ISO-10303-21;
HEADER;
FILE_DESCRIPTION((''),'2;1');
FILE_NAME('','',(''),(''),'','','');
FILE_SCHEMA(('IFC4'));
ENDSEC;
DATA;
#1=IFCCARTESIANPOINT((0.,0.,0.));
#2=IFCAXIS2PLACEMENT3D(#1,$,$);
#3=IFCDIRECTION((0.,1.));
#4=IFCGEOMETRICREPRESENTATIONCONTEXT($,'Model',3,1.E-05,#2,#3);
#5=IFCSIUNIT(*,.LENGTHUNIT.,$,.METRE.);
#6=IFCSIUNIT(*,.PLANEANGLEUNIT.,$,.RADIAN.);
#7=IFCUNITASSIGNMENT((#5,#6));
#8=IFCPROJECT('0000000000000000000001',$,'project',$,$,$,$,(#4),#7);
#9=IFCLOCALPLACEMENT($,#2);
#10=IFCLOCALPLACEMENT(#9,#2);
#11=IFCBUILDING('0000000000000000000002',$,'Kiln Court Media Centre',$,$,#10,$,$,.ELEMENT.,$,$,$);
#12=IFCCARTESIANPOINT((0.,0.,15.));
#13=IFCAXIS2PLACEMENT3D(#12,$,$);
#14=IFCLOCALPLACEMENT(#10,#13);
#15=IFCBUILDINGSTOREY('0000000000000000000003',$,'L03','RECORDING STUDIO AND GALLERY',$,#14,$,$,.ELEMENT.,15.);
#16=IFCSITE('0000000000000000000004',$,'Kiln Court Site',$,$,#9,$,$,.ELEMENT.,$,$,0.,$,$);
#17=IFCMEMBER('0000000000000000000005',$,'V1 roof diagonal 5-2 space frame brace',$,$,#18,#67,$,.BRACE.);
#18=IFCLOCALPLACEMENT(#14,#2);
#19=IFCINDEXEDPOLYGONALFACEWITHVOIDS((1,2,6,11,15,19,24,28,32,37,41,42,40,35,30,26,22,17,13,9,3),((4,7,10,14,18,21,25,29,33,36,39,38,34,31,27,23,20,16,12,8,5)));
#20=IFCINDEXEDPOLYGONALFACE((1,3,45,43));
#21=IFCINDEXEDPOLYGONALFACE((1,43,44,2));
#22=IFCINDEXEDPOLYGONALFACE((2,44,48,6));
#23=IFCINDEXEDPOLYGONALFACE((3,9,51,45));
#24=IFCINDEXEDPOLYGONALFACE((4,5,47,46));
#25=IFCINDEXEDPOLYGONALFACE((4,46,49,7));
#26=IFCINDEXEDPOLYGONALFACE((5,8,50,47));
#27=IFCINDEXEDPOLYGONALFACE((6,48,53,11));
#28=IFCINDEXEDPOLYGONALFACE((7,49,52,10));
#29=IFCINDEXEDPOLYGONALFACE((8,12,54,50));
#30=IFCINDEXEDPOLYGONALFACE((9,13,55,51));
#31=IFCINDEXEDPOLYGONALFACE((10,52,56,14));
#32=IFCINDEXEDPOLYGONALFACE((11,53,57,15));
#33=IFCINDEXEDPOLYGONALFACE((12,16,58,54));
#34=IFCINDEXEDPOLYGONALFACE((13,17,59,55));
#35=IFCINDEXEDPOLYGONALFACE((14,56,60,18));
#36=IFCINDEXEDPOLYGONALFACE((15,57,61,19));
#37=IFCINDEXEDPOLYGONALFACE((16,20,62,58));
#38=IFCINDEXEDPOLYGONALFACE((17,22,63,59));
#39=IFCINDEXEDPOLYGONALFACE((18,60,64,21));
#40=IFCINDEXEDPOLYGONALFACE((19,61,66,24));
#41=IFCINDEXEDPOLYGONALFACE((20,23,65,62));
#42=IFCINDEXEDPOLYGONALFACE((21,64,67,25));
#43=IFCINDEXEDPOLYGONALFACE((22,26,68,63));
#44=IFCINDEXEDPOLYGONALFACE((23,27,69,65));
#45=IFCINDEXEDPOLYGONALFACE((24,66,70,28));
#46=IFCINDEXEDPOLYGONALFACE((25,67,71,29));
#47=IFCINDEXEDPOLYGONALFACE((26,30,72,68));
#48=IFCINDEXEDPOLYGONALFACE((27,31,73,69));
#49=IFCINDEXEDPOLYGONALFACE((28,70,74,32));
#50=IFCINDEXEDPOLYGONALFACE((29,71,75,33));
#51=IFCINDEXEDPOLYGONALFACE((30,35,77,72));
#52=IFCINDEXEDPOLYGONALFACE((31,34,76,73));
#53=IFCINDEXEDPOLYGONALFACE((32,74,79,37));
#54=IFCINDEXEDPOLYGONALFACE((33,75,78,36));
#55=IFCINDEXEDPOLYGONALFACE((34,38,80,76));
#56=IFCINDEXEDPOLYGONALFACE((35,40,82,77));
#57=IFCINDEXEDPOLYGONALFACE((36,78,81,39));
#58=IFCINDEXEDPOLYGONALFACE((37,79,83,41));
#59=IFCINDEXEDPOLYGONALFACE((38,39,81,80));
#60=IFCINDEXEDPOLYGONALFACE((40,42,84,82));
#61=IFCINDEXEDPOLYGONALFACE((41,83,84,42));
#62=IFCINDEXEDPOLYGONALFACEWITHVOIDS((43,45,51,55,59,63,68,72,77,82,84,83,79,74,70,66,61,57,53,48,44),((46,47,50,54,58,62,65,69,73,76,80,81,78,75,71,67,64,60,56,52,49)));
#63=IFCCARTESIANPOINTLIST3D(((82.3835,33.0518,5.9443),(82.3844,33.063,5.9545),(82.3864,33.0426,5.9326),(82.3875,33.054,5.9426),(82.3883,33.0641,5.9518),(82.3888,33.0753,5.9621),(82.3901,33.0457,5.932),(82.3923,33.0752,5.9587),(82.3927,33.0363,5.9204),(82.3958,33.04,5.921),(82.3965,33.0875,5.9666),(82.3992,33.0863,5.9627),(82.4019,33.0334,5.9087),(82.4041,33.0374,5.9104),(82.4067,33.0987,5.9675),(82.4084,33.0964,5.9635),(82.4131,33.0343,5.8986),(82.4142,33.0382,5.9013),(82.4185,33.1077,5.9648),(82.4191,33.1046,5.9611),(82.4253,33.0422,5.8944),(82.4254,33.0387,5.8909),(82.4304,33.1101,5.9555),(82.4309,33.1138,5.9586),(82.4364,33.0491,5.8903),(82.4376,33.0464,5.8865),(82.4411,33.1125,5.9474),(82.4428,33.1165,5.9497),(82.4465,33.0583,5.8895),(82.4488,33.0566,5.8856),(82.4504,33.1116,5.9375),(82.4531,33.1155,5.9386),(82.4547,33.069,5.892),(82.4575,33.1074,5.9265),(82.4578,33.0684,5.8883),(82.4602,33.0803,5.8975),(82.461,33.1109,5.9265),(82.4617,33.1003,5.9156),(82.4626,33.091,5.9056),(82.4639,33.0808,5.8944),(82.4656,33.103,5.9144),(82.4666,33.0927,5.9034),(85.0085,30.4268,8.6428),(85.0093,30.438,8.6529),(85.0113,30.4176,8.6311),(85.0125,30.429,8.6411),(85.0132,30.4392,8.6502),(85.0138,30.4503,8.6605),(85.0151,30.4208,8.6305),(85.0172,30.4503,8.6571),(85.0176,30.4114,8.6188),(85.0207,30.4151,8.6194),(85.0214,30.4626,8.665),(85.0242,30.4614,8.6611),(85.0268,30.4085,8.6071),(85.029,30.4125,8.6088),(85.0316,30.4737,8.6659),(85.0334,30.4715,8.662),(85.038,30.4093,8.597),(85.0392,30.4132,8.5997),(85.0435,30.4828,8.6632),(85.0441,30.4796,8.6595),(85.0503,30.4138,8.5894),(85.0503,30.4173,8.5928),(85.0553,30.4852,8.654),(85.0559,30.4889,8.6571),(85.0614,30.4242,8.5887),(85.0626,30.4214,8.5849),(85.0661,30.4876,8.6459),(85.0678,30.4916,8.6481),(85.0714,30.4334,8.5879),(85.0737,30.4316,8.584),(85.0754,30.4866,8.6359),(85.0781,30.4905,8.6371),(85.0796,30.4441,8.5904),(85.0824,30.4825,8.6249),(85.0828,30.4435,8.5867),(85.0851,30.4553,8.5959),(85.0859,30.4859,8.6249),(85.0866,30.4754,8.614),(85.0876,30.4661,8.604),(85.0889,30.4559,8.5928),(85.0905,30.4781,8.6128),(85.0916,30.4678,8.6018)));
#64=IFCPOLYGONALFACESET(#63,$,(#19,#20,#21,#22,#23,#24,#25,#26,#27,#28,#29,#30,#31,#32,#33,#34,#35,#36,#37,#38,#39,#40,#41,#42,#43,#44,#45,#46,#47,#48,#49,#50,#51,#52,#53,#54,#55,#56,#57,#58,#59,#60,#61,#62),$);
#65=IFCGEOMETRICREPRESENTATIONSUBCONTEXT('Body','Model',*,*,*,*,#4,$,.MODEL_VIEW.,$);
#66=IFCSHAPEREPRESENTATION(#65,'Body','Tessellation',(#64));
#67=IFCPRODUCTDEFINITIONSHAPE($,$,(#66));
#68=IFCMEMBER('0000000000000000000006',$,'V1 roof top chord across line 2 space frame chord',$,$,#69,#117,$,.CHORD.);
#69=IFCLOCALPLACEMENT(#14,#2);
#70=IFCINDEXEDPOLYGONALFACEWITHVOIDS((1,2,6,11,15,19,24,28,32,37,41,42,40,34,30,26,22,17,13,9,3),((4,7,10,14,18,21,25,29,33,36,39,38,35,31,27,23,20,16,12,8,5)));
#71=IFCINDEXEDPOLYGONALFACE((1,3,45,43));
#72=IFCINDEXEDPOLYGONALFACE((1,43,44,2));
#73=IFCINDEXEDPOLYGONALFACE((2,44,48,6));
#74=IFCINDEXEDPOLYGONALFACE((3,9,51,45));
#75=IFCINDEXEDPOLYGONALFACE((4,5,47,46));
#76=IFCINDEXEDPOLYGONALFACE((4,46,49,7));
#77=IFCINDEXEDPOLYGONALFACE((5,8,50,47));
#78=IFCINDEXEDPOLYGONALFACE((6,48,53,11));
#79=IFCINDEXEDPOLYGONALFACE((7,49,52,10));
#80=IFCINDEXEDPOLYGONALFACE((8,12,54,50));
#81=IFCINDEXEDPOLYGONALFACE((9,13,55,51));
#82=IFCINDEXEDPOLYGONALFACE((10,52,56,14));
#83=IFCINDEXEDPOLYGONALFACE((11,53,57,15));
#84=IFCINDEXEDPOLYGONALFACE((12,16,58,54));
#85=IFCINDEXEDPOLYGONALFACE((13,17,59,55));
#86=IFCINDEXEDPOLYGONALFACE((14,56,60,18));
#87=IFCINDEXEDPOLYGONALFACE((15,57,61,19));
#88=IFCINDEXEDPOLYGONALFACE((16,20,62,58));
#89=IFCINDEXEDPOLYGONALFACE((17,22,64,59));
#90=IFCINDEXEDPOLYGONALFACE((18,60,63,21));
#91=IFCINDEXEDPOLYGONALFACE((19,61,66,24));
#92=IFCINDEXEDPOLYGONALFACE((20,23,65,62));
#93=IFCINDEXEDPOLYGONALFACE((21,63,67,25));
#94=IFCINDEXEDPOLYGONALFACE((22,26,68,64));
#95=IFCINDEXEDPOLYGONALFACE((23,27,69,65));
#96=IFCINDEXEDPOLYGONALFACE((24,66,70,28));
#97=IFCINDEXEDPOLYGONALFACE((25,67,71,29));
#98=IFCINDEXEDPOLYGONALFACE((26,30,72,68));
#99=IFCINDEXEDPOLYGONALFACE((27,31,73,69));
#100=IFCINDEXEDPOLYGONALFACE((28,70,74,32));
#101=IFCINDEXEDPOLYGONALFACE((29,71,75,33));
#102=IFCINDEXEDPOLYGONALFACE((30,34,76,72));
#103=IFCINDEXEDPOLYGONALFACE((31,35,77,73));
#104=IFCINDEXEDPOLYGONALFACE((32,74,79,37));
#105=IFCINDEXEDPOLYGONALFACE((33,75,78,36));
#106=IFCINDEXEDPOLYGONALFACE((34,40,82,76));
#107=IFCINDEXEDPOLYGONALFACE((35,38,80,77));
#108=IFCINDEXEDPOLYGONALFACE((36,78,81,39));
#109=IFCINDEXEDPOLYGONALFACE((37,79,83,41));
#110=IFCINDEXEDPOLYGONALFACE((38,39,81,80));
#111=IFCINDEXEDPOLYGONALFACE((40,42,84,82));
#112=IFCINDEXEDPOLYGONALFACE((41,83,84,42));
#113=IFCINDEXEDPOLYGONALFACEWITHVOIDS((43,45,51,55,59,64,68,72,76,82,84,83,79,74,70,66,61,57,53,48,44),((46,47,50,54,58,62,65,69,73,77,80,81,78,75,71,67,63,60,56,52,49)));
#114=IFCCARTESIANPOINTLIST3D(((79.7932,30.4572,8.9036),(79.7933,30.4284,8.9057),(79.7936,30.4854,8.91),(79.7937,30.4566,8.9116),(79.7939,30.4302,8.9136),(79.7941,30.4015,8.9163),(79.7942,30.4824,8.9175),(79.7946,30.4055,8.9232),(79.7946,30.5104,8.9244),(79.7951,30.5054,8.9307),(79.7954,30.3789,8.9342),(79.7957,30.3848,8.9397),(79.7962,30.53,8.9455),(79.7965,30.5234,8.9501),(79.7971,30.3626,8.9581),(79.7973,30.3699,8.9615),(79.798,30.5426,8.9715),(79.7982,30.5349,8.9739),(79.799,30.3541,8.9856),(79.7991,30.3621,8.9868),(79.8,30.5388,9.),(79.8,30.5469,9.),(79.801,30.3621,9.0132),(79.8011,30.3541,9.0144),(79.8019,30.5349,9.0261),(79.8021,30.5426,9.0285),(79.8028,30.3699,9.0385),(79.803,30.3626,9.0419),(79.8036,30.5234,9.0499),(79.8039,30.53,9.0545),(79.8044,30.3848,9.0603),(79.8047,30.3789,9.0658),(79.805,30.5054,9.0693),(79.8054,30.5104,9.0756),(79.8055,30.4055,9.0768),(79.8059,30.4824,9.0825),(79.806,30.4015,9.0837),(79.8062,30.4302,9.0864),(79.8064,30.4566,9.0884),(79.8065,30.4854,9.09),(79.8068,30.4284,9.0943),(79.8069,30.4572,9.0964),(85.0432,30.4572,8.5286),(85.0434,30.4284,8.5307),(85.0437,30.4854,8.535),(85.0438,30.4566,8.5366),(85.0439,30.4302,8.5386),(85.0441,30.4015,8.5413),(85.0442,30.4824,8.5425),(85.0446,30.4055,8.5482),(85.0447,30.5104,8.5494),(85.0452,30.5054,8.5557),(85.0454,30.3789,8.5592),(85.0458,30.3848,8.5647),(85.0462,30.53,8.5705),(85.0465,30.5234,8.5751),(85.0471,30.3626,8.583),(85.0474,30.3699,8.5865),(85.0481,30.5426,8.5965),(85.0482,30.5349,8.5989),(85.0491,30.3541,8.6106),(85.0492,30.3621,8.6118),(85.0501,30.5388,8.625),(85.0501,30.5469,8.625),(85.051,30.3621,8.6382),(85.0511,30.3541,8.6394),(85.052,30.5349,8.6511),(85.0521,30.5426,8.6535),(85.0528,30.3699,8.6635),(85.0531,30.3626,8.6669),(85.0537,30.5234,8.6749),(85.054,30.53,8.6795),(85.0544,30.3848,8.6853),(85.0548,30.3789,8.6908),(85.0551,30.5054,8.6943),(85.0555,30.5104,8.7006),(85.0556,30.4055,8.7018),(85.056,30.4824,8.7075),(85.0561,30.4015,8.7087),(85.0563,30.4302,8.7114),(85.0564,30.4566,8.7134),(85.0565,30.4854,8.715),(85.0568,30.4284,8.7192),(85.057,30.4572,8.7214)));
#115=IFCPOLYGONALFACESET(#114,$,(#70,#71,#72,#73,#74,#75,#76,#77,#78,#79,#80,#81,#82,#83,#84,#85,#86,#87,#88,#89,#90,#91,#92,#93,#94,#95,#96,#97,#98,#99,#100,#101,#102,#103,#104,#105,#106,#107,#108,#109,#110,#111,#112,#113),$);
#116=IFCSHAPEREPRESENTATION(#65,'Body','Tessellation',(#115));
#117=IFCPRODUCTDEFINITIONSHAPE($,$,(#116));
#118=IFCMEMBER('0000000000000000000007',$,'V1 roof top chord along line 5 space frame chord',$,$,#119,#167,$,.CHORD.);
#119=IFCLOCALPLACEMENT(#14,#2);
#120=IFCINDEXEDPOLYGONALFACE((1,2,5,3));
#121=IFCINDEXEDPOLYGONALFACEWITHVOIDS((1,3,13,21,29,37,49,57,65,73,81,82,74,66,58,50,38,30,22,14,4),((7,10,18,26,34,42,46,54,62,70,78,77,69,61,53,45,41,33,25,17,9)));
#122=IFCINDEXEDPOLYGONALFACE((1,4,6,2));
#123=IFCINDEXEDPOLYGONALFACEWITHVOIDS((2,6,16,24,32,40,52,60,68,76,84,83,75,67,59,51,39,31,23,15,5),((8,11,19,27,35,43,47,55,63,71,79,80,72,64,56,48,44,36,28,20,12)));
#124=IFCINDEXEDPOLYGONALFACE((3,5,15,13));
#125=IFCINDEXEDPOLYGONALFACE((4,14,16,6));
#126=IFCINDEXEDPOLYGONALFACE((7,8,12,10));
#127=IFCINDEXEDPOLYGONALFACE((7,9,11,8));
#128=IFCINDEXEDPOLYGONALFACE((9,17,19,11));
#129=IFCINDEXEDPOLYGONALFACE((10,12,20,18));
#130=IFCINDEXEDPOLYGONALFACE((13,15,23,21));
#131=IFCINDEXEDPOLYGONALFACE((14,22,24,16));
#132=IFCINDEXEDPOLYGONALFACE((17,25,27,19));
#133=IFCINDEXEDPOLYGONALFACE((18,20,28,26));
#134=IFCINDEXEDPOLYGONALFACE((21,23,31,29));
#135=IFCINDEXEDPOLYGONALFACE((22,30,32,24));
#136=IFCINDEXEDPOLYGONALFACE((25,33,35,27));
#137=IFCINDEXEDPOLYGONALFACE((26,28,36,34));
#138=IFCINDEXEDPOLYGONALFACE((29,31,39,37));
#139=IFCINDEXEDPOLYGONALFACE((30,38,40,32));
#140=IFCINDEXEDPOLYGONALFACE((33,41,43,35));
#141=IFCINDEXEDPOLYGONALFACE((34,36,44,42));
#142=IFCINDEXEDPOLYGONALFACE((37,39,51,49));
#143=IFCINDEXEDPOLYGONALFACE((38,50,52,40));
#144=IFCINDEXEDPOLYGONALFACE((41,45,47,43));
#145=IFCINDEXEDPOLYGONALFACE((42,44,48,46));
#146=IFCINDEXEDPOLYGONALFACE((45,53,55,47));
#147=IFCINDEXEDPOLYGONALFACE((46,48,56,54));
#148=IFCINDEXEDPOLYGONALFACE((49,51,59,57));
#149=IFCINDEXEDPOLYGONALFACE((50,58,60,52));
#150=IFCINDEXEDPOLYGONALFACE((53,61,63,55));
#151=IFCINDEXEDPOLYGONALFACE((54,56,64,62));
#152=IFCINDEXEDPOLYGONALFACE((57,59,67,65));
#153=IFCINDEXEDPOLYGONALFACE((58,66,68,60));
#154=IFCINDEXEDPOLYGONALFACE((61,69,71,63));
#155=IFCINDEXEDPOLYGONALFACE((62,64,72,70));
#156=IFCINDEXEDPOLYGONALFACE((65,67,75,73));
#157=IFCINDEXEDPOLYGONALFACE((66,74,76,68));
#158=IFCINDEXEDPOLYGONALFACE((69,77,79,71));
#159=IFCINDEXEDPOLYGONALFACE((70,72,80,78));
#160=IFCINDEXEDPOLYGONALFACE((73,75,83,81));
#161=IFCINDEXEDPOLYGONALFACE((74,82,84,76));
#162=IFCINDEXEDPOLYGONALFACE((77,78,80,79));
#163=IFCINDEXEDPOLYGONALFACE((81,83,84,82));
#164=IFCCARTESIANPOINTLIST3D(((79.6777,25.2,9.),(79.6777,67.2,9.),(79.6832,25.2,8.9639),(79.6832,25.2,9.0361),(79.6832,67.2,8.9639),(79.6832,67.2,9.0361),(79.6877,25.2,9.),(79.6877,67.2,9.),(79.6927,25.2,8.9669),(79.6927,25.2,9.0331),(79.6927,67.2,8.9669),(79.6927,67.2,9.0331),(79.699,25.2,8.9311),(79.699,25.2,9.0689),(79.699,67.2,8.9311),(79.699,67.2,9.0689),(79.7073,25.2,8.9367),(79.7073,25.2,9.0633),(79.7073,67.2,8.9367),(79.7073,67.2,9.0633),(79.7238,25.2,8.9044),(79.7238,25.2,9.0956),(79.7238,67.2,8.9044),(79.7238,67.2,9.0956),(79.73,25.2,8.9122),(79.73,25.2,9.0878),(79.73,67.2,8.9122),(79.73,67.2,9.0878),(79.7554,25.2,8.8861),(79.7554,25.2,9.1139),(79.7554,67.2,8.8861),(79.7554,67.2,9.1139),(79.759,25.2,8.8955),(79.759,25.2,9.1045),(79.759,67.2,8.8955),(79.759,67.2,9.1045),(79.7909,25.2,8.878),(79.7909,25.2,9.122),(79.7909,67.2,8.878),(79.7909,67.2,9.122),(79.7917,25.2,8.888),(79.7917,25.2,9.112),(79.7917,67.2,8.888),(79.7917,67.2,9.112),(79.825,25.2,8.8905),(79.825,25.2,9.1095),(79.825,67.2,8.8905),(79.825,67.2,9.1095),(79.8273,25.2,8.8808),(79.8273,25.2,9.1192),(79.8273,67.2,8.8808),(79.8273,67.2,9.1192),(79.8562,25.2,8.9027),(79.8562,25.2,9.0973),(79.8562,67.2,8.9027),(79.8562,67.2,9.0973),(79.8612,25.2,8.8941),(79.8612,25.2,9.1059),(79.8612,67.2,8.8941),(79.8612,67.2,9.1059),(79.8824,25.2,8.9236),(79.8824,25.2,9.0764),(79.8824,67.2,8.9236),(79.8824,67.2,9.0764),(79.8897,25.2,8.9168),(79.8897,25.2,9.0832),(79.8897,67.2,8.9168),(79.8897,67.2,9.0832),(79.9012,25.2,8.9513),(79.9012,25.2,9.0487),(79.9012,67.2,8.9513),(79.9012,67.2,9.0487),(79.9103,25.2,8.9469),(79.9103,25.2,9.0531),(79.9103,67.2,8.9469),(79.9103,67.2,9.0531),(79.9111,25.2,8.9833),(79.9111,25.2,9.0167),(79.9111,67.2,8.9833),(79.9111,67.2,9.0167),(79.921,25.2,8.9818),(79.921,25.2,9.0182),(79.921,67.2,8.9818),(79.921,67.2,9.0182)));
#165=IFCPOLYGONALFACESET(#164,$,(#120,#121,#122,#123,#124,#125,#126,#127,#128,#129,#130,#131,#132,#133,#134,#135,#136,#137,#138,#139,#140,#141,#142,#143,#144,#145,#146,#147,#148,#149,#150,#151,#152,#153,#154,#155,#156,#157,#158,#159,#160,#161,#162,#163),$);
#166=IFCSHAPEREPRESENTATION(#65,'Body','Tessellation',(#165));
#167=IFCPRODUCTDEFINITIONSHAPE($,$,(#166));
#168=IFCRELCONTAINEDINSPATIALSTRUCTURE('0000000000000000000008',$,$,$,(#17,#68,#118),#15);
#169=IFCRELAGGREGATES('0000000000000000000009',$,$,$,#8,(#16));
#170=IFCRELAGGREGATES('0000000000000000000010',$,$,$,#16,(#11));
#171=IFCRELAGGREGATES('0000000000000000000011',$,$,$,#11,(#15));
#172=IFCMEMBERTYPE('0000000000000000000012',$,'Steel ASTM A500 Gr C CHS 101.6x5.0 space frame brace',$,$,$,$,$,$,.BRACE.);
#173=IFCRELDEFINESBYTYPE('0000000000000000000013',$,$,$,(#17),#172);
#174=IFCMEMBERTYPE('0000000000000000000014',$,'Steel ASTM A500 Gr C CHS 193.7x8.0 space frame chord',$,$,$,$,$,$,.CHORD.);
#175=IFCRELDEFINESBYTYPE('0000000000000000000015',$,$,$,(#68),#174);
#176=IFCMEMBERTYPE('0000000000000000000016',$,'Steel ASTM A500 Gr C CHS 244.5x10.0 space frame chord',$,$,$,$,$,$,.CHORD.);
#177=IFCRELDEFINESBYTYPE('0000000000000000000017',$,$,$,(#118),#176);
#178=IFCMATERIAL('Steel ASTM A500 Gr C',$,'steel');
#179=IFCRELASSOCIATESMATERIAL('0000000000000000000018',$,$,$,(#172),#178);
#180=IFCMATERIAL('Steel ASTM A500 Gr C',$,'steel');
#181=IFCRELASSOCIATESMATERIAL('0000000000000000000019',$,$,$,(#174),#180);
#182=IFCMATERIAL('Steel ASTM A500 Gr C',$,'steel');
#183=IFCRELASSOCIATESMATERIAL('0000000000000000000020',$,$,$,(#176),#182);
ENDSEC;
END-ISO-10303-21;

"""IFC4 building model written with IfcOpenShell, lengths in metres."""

from ifc_helpers import new_model, si_unit, direction, frame, origin, origin_2d, place, context, subcontext, project, spatial, hollow_circle, extrude, material, material_profile, profile_set, type_object, element, save


model = new_model("IFC4")

# Units and contexts
model_context = context("Model", 3, precision=1e-05, world=origin(), true_north=direction((0.0, 1.0)))
body_context = subcontext(model_context, "Body", "Model", "MODEL_VIEW")
ifc_project = project(units=[si_unit("LENGTHUNIT", "METRE"), si_unit("PLANEANGLEUNIT", "RADIAN")], contexts=[model_context])

# Site, building, storey
site_placement = place(None, origin())
site = spatial("IfcSite", under=ifc_project, at=site_placement, Name="Kiln Court Site", CompositionType="ELEMENT", RefElevation=0.0)
building_placement = place(site_placement, origin())
building = spatial("IfcBuilding", under=site, at=building_placement, Name="Kiln Court Media Centre", CompositionType="ELEMENT")
storey_placement = place(building_placement, frame((0.0, 0.0, 15.0)))
storey = spatial("IfcBuildingStorey", under=building, at=storey_placement, Name="L03", Description="RECORDING STUDIO AND GALLERY", CompositionType="ELEMENT", Elevation=15.0)

# Members
ifc_material_1 = material(Name="Steel ASTM A500 Gr C", Category="steel")
ifc_material_profile_1 = material_profile(ifc_material_1, hollow_circle(Radius=0.0508, WallThickness=0.0049, at=origin_2d()), Name="CHS 101.6x5.0")
ifc_profile_set_1 = profile_set([ifc_material_profile_1], Name="Steel ASTM A500 Gr C")
member_type_1 = type_object("IfcMemberType", Name="Steel ASTM A500 Gr C CHS 101.6x5.0 space frame brace", PredefinedType="BRACE", material=ifc_profile_set_1)
member_1_placement = place(storey_placement, frame((82.425, 33.075, 5.9265), z_axis=(0.571964, -0.571964, 0.587976), x_axis=(0.707107, 0.707107, 0.0)))
element("IfcMember", 1, at=member_1_placement, inside=storey, type_object=member_type_1, Name="V1 roof diagonal 5-2 space frame brace", PredefinedType="BRACE", context=body_context, shape_type="SweptSolid", body=[
    extrude(hollow_circle(Radius=0.0508, WallThickness=0.0049, at=origin_2d()), origin(), (0.0, 0.0, 1.0), 4.5894),
])
ifc_material_2 = material(Name="Steel ASTM A500 Gr C", Category="steel")
ifc_material_profile_2 = material_profile(ifc_material_2, hollow_circle(Radius=0.0969, WallThickness=0.0081, at=origin_2d()), Name="CHS 193.7x8.0")
ifc_profile_set_2 = profile_set([ifc_material_profile_2], Name="Steel ASTM A500 Gr C")
member_type_2 = type_object("IfcMemberType", Name="Steel ASTM A500 Gr C CHS 193.7x8.0 space frame chord", PredefinedType="CHORD", material=ifc_profile_set_2)
member_2_placement = place(storey_placement, frame((79.8, 30.45, 9.0), z_axis=(0.997459, 0.0, -0.071247), x_axis=(0.0, 1.0, 0.0)))
element("IfcMember", 2, at=member_2_placement, inside=storey, type_object=member_type_2, Name="V1 roof top chord across line 2 space frame chord", PredefinedType="CHORD", context=body_context, shape_type="SweptSolid", body=[
    extrude(hollow_circle(Radius=0.0969, WallThickness=0.0081, at=origin_2d()), origin(), (0.0, 0.0, 1.0), 5.2634),
])
ifc_material_3 = material(Name="Steel ASTM A500 Gr C", Category="steel")
ifc_material_profile_3 = material_profile(ifc_material_3, hollow_circle(Radius=0.1223, WallThickness=0.01, at=origin_2d()), Name="CHS 244.5x10.0")
ifc_profile_set_3 = profile_set([ifc_material_profile_3], Name="Steel ASTM A500 Gr C")
member_type_3 = type_object("IfcMemberType", Name="Steel ASTM A500 Gr C CHS 244.5x10.0 space frame chord", PredefinedType="CHORD", material=ifc_profile_set_3)
member_3_placement = place(storey_placement, frame((79.8, 25.2, 9.0), z_axis=(0.0, 1.0, 0.0), x_axis=(-1.0, 0.0, 0.0)))
element("IfcMember", 3, at=member_3_placement, inside=storey, type_object=member_type_3, Name="V1 roof top chord along line 5 space frame chord", PredefinedType="CHORD", context=body_context, shape_type="SweptSolid", body=[
    extrude(hollow_circle(Radius=0.1223, WallThickness=0.01, at=origin_2d()), origin(), (0.0, 0.0, 1.0), 42.0),
])

save(model, "model.ifc")
